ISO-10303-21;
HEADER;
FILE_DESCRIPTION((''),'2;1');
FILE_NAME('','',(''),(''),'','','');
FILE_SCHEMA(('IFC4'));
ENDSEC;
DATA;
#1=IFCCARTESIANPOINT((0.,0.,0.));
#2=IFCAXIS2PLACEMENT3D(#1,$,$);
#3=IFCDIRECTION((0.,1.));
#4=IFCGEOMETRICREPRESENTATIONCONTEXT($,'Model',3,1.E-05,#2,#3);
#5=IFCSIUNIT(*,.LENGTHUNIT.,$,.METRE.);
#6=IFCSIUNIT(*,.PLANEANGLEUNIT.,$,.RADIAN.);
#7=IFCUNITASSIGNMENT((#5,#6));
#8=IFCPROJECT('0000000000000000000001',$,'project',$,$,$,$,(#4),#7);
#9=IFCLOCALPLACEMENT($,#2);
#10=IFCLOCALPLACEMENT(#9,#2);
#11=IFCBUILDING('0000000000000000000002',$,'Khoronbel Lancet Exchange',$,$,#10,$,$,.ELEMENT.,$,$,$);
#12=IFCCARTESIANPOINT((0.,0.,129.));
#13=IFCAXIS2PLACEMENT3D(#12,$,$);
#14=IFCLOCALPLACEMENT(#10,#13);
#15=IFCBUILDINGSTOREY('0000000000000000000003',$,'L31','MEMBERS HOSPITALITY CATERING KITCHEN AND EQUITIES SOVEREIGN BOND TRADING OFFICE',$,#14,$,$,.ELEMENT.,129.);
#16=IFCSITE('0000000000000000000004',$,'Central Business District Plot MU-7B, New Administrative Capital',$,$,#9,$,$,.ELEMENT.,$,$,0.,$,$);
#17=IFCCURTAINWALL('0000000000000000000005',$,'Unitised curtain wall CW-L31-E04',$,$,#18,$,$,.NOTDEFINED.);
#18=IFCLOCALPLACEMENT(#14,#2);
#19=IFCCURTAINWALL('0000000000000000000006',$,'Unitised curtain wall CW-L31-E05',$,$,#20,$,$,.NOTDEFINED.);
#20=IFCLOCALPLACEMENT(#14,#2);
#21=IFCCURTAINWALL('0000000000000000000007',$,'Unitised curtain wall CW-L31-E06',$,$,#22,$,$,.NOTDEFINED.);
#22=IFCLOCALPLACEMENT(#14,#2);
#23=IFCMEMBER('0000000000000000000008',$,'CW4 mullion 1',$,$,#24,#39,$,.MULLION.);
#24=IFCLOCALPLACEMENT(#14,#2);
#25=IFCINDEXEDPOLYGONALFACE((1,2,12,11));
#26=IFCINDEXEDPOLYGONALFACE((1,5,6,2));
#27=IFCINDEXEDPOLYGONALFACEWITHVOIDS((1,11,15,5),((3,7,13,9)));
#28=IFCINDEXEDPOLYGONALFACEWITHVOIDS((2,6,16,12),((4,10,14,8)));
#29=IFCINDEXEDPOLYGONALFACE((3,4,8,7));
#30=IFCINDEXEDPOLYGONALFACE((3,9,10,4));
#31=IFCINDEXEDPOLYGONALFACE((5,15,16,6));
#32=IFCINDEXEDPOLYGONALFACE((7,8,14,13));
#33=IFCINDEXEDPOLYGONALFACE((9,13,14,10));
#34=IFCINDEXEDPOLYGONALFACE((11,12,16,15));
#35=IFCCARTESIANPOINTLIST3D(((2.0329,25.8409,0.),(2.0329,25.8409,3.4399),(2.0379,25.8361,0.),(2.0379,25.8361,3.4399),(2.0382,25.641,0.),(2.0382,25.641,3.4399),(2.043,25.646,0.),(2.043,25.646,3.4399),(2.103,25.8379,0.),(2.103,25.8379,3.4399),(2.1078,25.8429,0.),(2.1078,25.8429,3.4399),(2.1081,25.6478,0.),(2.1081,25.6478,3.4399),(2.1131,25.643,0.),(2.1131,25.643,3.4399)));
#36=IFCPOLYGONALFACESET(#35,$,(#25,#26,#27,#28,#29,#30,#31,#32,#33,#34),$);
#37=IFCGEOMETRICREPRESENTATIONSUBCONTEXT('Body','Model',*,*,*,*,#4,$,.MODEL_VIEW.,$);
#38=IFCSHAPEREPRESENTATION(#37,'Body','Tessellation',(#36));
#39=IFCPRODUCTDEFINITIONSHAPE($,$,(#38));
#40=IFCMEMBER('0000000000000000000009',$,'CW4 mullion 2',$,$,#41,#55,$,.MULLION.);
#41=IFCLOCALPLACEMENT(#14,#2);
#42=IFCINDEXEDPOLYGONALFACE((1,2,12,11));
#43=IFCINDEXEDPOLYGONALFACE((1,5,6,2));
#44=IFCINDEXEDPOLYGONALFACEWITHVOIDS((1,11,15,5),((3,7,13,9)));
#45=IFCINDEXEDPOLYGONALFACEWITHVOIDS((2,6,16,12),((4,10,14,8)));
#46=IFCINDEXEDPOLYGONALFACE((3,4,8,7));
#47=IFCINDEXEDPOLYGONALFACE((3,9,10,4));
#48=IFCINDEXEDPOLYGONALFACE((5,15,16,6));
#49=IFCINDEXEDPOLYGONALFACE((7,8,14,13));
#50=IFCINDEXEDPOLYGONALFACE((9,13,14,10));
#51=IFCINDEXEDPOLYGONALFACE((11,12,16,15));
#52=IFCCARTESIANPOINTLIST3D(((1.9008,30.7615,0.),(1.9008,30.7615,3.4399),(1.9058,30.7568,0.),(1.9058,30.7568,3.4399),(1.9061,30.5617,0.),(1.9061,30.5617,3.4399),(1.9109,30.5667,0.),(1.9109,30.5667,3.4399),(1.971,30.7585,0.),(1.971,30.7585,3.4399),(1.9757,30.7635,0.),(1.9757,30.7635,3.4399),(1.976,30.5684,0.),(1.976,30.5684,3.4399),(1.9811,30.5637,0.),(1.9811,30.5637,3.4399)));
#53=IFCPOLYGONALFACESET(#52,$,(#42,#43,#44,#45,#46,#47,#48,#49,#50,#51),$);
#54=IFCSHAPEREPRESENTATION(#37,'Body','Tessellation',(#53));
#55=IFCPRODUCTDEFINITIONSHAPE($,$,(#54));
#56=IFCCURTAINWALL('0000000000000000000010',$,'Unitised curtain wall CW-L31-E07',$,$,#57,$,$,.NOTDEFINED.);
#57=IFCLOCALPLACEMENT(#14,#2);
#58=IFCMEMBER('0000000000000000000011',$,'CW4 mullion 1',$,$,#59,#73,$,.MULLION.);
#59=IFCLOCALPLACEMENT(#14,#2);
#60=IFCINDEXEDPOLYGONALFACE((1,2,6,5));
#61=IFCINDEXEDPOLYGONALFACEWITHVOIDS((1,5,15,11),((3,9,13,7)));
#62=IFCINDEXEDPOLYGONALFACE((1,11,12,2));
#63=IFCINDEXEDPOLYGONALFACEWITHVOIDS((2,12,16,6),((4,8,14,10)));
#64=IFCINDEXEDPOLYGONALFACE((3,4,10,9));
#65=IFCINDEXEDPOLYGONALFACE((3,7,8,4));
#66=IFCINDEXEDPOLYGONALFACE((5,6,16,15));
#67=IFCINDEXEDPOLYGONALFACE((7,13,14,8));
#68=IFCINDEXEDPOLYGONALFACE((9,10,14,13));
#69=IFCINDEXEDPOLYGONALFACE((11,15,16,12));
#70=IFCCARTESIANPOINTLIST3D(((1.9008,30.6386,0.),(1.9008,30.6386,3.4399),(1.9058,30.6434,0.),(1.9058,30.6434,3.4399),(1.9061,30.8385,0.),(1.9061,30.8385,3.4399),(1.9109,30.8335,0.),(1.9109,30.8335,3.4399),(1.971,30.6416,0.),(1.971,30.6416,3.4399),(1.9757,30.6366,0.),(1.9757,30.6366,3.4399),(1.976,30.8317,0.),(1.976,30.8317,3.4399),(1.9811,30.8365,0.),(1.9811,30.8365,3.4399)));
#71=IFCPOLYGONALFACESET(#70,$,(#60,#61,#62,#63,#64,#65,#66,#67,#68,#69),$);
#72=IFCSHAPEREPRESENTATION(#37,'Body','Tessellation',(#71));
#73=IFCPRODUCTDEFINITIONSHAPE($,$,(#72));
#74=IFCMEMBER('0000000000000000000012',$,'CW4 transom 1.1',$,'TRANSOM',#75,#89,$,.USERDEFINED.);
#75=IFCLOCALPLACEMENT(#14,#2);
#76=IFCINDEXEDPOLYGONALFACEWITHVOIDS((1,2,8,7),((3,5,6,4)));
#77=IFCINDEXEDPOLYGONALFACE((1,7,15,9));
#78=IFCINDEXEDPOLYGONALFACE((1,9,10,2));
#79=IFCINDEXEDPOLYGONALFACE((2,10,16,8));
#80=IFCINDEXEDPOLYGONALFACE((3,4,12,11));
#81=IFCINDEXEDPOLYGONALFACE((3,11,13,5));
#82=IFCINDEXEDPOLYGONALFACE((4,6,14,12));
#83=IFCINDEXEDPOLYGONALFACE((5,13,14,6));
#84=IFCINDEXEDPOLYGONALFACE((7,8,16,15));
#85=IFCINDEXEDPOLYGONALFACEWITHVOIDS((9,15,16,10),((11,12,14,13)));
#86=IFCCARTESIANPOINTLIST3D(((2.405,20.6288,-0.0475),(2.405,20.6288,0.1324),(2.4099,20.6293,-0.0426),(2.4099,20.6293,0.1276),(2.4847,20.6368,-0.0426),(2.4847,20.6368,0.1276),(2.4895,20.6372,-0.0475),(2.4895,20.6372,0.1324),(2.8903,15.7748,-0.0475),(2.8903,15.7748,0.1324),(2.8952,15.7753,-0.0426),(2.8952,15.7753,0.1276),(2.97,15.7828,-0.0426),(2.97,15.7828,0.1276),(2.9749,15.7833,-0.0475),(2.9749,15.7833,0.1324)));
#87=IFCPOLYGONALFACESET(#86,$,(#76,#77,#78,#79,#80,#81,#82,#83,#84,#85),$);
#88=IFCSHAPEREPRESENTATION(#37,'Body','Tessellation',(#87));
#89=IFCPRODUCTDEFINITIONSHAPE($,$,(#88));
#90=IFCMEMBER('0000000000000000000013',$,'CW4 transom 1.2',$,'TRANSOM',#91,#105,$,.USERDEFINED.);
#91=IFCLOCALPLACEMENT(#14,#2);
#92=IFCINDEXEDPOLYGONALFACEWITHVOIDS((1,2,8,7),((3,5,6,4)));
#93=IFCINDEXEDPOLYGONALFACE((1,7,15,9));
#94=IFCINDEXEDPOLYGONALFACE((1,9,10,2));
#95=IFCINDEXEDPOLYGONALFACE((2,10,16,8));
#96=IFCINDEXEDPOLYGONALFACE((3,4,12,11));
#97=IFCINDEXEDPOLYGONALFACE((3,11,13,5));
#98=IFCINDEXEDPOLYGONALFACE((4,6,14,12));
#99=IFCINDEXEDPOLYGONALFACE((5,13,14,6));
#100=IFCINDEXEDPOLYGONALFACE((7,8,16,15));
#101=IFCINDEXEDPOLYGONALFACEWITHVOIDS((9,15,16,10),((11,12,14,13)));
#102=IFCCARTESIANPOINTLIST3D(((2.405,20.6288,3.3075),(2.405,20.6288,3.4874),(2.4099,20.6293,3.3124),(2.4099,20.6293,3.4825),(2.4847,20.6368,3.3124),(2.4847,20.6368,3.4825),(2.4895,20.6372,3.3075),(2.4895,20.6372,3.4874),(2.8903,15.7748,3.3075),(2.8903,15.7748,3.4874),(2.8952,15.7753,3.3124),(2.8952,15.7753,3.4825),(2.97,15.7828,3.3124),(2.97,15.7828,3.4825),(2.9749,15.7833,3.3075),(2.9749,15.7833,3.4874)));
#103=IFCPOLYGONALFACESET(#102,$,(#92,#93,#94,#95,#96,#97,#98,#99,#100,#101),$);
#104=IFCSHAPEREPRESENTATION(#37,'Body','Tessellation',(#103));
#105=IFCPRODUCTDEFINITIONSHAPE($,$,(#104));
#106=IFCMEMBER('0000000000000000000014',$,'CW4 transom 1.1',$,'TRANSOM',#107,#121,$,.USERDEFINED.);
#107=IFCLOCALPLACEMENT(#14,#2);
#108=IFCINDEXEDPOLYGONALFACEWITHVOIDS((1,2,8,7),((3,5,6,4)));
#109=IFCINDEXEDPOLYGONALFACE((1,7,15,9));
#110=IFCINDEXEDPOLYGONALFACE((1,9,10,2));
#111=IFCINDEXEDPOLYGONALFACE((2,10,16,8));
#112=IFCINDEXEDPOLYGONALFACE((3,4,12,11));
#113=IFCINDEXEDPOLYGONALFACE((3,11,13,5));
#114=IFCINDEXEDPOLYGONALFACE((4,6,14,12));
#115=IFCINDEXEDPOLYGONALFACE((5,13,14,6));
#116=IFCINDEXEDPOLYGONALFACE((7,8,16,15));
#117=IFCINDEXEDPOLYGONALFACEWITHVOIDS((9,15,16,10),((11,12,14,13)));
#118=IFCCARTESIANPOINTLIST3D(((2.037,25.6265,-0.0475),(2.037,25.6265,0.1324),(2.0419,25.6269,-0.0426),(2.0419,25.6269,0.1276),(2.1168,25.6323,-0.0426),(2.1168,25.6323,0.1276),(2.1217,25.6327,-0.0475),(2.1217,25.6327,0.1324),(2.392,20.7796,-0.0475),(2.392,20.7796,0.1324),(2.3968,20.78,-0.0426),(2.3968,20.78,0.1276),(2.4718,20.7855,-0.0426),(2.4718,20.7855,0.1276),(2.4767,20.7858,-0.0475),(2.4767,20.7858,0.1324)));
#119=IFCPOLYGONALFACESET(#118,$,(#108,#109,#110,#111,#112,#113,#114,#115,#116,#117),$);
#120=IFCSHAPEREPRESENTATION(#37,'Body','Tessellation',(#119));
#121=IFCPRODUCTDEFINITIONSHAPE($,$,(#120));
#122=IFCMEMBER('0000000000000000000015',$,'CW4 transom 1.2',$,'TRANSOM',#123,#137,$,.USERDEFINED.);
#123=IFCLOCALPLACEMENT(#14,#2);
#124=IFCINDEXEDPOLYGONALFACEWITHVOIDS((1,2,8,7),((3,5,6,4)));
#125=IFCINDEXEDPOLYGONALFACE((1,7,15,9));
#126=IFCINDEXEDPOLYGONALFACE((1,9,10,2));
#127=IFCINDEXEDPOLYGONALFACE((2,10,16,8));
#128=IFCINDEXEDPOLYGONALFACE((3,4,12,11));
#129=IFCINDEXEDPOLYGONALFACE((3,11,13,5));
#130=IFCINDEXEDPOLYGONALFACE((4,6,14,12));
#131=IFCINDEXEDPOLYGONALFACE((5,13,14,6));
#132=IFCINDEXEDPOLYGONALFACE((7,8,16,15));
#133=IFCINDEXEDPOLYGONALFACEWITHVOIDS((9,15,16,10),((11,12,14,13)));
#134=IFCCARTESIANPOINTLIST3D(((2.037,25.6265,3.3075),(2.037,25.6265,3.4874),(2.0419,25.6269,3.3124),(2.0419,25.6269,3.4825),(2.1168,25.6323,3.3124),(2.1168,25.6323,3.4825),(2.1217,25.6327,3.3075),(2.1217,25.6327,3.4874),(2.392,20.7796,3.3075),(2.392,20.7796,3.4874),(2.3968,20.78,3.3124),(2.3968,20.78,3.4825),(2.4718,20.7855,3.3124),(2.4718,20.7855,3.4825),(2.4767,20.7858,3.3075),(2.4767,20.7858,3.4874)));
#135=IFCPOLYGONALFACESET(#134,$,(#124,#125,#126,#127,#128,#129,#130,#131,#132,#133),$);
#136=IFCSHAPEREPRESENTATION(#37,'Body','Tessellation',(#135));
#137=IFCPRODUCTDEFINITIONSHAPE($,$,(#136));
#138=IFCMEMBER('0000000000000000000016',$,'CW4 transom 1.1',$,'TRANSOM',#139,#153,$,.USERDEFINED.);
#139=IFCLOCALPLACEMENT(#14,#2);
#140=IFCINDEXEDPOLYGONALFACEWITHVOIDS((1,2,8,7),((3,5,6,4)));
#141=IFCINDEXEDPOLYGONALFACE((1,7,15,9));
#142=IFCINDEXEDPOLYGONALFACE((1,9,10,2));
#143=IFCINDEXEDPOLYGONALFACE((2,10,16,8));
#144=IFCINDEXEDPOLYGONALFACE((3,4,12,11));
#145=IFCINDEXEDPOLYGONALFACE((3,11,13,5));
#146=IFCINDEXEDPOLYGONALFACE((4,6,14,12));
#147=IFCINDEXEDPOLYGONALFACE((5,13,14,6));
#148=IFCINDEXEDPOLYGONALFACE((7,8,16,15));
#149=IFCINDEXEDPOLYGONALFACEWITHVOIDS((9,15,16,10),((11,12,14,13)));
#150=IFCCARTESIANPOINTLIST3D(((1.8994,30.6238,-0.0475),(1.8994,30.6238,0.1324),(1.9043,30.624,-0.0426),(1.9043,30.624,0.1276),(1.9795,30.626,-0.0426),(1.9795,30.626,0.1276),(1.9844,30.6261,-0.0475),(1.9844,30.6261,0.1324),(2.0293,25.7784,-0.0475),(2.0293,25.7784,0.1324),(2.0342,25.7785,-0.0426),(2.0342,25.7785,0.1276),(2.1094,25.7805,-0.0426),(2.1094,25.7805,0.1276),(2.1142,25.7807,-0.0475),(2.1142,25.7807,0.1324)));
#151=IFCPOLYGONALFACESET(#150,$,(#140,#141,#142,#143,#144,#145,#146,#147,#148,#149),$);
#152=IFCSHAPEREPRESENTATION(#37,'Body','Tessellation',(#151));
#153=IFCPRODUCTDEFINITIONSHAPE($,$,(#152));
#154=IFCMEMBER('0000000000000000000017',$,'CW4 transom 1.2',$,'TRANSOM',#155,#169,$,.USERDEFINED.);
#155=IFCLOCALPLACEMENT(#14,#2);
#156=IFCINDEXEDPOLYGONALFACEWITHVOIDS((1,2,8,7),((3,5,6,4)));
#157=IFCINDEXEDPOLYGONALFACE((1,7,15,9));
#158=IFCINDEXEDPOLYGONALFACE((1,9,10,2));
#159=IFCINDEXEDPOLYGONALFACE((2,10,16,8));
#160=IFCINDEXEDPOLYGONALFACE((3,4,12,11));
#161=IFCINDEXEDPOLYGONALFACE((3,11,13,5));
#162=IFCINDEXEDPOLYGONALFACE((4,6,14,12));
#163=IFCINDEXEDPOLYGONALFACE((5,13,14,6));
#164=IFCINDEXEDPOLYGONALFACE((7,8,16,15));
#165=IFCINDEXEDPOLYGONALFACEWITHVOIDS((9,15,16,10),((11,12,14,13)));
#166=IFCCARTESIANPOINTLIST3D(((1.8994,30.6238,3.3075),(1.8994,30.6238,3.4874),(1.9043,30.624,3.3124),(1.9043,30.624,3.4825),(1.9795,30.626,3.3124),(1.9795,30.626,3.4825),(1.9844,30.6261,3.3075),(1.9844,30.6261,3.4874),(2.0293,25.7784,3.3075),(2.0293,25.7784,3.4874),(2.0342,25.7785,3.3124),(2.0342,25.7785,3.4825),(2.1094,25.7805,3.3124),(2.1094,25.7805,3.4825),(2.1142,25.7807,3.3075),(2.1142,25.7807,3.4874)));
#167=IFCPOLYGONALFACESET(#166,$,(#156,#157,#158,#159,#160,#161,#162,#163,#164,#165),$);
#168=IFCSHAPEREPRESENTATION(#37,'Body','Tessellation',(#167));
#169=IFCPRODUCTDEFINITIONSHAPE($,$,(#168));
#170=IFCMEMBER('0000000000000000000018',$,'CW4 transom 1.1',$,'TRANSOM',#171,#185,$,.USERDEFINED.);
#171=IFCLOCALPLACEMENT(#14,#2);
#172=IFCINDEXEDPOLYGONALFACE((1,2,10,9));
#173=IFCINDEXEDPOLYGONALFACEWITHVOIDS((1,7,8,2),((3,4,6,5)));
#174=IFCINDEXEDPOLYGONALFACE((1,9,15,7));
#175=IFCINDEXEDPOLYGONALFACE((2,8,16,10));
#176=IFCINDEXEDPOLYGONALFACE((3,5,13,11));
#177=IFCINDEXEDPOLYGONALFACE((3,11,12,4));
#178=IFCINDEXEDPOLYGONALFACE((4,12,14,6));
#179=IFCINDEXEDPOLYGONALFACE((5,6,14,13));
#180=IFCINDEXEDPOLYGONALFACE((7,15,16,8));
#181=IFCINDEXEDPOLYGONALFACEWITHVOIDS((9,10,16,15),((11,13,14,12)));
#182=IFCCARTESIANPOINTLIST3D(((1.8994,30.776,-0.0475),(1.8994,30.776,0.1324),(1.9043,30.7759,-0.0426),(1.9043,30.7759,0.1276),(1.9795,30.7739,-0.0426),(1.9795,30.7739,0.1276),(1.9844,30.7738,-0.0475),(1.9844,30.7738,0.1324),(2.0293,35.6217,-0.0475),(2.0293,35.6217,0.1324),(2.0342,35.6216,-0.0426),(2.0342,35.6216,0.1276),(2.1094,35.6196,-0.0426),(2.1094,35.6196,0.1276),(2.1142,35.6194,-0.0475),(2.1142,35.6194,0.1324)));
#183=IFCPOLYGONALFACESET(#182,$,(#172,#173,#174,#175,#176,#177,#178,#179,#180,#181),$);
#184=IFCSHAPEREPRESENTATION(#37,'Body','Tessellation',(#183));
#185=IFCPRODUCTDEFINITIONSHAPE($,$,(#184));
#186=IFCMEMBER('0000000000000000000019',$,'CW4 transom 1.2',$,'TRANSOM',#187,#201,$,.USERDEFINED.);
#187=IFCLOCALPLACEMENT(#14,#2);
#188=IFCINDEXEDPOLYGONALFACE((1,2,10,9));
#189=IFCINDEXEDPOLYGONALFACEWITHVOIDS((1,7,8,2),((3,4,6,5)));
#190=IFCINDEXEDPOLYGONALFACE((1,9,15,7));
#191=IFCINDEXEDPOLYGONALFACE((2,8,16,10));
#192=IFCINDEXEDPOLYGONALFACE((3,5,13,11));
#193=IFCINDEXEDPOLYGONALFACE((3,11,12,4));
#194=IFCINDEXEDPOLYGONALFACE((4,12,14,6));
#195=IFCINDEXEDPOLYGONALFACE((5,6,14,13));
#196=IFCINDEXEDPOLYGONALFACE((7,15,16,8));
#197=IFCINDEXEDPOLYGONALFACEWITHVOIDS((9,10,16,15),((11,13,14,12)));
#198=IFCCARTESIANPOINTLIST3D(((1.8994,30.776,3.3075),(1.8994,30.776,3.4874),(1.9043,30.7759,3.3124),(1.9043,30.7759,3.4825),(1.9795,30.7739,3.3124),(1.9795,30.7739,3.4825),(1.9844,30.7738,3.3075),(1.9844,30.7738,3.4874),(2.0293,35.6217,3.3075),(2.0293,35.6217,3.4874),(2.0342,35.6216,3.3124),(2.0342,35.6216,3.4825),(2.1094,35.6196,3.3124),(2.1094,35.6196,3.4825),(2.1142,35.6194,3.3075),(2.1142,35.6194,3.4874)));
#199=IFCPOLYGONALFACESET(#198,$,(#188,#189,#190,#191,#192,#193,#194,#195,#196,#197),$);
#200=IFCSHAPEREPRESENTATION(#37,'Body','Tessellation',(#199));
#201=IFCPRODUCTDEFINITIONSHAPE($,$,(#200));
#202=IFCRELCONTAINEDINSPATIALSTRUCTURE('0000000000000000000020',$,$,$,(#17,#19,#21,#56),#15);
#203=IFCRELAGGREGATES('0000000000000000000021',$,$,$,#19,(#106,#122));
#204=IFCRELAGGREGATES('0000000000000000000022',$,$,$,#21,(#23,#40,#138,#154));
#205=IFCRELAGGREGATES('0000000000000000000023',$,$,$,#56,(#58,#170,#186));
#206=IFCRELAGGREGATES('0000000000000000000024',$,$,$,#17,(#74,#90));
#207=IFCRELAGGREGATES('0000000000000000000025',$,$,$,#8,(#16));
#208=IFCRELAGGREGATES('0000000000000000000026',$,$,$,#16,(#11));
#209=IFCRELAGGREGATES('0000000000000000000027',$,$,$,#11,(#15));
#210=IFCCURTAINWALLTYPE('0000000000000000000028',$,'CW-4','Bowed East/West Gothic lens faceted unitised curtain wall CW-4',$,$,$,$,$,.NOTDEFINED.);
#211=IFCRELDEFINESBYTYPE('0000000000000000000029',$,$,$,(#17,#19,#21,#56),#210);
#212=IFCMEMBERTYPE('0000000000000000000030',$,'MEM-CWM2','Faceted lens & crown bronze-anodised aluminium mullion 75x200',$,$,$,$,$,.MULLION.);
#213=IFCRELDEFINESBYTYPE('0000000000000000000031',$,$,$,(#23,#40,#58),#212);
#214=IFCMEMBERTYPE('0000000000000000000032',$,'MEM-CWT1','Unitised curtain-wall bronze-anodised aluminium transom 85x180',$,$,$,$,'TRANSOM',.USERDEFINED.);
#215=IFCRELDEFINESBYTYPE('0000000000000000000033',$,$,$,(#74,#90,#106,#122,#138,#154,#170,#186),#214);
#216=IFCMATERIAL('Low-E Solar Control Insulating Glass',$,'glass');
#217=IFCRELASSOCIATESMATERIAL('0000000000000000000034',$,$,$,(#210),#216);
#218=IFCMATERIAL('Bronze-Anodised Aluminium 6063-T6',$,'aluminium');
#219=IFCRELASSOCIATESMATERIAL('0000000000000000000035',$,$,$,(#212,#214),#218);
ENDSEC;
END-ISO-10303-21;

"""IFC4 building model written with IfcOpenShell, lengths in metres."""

from ifc_helpers import new_model, si_unit, direction, frame, origin, origin_2d, place, context, subcontext, project, spatial, hollow_rectangle, extrude, material, material_profile, profile_set, type_object, element, aggregate, save


model = new_model("IFC4")

# Units and contexts
model_context = context("Model", 3, precision=1e-05, world=origin(), true_north=direction((0.0, 1.0)))
body_context = subcontext(model_context, "Body", "Model", "MODEL_VIEW")
ifc_project = project(units=[si_unit("LENGTHUNIT", "METRE"), si_unit("PLANEANGLEUNIT", "RADIAN")], contexts=[model_context])

# Site, building, storey
site_placement = place(None, origin())
site = spatial("IfcSite", under=ifc_project, at=site_placement, Name="Central Business District Plot MU-7B, New Administrative Capital", CompositionType="ELEMENT", RefElevation=0.0)
building_placement = place(site_placement, origin())
building = spatial("IfcBuilding", under=site, at=building_placement, Name="Khoronbel Lancet Exchange", CompositionType="ELEMENT")
storey_placement = place(building_placement, frame((0.0, 0.0, 129.0)))
storey = spatial("IfcBuildingStorey", under=building, at=storey_placement, Name="L31", Description="MEMBERS HOSPITALITY CATERING KITCHEN AND EQUITIES SOVEREIGN BOND TRADING OFFICE", CompositionType="ELEMENT", Elevation=129.0)

# Curtain walls, members
ifc_material_1 = material(Name="Low-E Solar Control Insulating Glass", Category="glass")
curtain_wall_type = type_object("IfcCurtainWallType", Name="CW-4", Description="Bowed East/West Gothic lens faceted unitised curtain wall CW-4", PredefinedType="NOTDEFINED", material=ifc_material_1)
curtain_wall_1_placement = place(storey_placement, origin())
curtain_wall_1 = element("IfcCurtainWall", 1, at=curtain_wall_1_placement, inside=storey, type_object=curtain_wall_type, Name="Unitised curtain wall CW-L31-E04", PredefinedType="NOTDEFINED")
ifc_material_2 = material(Name="Bronze-Anodised Aluminium 6063-T6", Category="aluminium")
ifc_material_profile_1 = material_profile(ifc_material_2, hollow_rectangle(XDim=0.075, YDim=0.2, WallThickness=0.0049, at=origin_2d()), Name="ALU MULLION 75x200")
ifc_profile_set_1 = profile_set([ifc_material_profile_1], Name="Bronze-Anodised Aluminium 6063-T6")
member_type_1 = type_object("IfcMemberType", Name="MEM-CWM2", Description="Faceted lens & crown bronze-anodised aluminium mullion 75x200", PredefinedType="MULLION", material=ifc_profile_set_1)
curtain_wall_2_placement = place(storey_placement, origin())
curtain_wall_2 = element("IfcCurtainWall", 2, at=curtain_wall_2_placement, inside=storey, type_object=curtain_wall_type, Name="Unitised curtain wall CW-L31-E05", PredefinedType="NOTDEFINED")
curtain_wall_3_placement = place(storey_placement, origin())
curtain_wall_3 = element("IfcCurtainWall", 3, at=curtain_wall_3_placement, inside=storey, type_object=curtain_wall_type, Name="Unitised curtain wall CW-L31-E06", PredefinedType="NOTDEFINED")
member_1_placement = place(storey_placement, frame((2.073, 25.7419, 0.0), z_axis=(0.0, 0.0, 1.0), x_axis=(-0.999641, -0.026795, 0.0)))
member_1 = element("IfcMember", 4, at=member_1_placement, type_object=member_type_1, Name="CW4 mullion 1", PredefinedType="MULLION", context=body_context, shape_type="SweptSolid", body=[
    extrude(hollow_rectangle(XDim=0.075, YDim=0.2, WallThickness=0.0049, at=origin_2d()), origin(), (0.0, 0.0, 1.0), 3.4399),
])
member_2_placement = place(storey_placement, frame((1.9409, 30.6626, 0.0), z_axis=(0.0, 0.0, 1.0), x_axis=(-0.999641, -0.026795, 0.0)))
member_2 = element("IfcMember", 5, at=member_2_placement, type_object=member_type_1, Name="CW4 mullion 2", PredefinedType="MULLION", context=body_context, shape_type="SweptSolid", body=[
    extrude(hollow_rectangle(XDim=0.075, YDim=0.2, WallThickness=0.0049, at=origin_2d()), origin(), (0.0, 0.0, 1.0), 3.4399),
])

# Curtain wall, member
curtain_wall_4_placement = place(storey_placement, origin())
curtain_wall_4 = element("IfcCurtainWall", 6, at=curtain_wall_4_placement, inside=storey, type_object=curtain_wall_type, Name="Unitised curtain wall CW-L31-E07", PredefinedType="NOTDEFINED")
member_3_placement = place(storey_placement, frame((1.9409, 30.7375, 0.0), z_axis=(0.0, 0.0, 1.0), x_axis=(-0.999641, 0.026795, 0.0)))
member_3 = element("IfcMember", 7, at=member_3_placement, type_object=member_type_1, Name="CW4 mullion 1", PredefinedType="MULLION", context=body_context, shape_type="SweptSolid", body=[
    extrude(hollow_rectangle(XDim=0.075, YDim=0.2, WallThickness=0.0049, at=origin_2d()), origin(), (0.0, 0.0, 1.0), 3.4399),
])

# Members
ifc_material_profile_2 = material_profile(ifc_material_2, hollow_rectangle(XDim=0.085, YDim=0.1799, WallThickness=0.0049, at=origin_2d()), Name="ALU TRANSOM 85x180")
ifc_profile_set_2 = profile_set([ifc_material_profile_2], Name="Bronze-Anodised Aluminium 6063-T6")
member_type_2 = type_object("IfcMemberType", Name="MEM-CWT1", Description="Unitised curtain-wall bronze-anodised aluminium transom 85x180", ElementType="TRANSOM", PredefinedType="USERDEFINED", material=ifc_profile_set_2)
member_4_placement = place(storey_placement, frame((2.9326, 15.7791, 0.0425), z_axis=(-0.099494, 0.995038, 0.0), x_axis=(-0.995038, -0.099494, 0.0)))
member_4 = element("IfcMember", 8, at=member_4_placement, type_object=member_type_2, Name="CW4 transom 1.1", ObjectType="TRANSOM", PredefinedType="USERDEFINED", context=body_context, shape_type="SweptSolid", body=[
    extrude(hollow_rectangle(XDim=0.085, YDim=0.1799, WallThickness=0.0049, at=origin_2d()), origin(), (0.0, 0.0, 1.0), 4.8782),
])
member_5_placement = place(storey_placement, frame((2.9326, 15.7791, 3.3975), z_axis=(-0.099494, 0.995038, 0.0), x_axis=(-0.995038, -0.099494, 0.0)))
member_5 = element("IfcMember", 9, at=member_5_placement, type_object=member_type_2, Name="CW4 transom 1.2", ObjectType="TRANSOM", PredefinedType="USERDEFINED", context=body_context, shape_type="SweptSolid", body=[
    extrude(hollow_rectangle(XDim=0.085, YDim=0.1799, WallThickness=0.0049, at=origin_2d()), origin(), (0.0, 0.0, 1.0), 4.8782),
])
member_6_placement = place(storey_placement, frame((2.4343, 20.7827, 0.0425), z_axis=(-0.073043, 0.997329, 0.0), x_axis=(-0.997329, -0.073043, 0.0)))
member_6 = element("IfcMember", 10, at=member_6_placement, type_object=member_type_2, Name="CW4 transom 1.1", ObjectType="TRANSOM", PredefinedType="USERDEFINED", context=body_context, shape_type="SweptSolid", body=[
    extrude(hollow_rectangle(XDim=0.085, YDim=0.1799, WallThickness=0.0049, at=origin_2d()), origin(), (0.0, 0.0, 1.0), 4.8599),
])
member_7_placement = place(storey_placement, frame((2.4343, 20.7827, 3.3975), z_axis=(-0.073043, 0.997329, 0.0), x_axis=(-0.997329, -0.073043, 0.0)))
member_7 = element("IfcMember", 11, at=member_7_placement, type_object=member_type_2, Name="CW4 transom 1.2", ObjectType="TRANSOM", PredefinedType="USERDEFINED", context=body_context, shape_type="SweptSolid", body=[
    extrude(hollow_rectangle(XDim=0.085, YDim=0.1799, WallThickness=0.0049, at=origin_2d()), origin(), (0.0, 0.0, 1.0), 4.8599),
])
member_8_placement = place(storey_placement, frame((2.0718, 25.7795, 0.0425), z_axis=(-0.026795, 0.999641, 0.0), x_axis=(-0.999641, -0.026795, 0.0)))
member_8 = element("IfcMember", 12, at=member_8_placement, type_object=member_type_2, Name="CW4 transom 1.1", ObjectType="TRANSOM", PredefinedType="USERDEFINED", context=body_context, shape_type="SweptSolid", body=[
    extrude(hollow_rectangle(XDim=0.085, YDim=0.1799, WallThickness=0.0049, at=origin_2d()), origin(), (0.0, 0.0, 1.0), 4.8472),
])
member_9_placement = place(storey_placement, frame((2.0718, 25.7795, 3.3975), z_axis=(-0.026795, 0.999641, 0.0), x_axis=(-0.999641, -0.026795, 0.0)))
member_9 = element("IfcMember", 13, at=member_9_placement, type_object=member_type_2, Name="CW4 transom 1.2", ObjectType="TRANSOM", PredefinedType="USERDEFINED", context=body_context, shape_type="SweptSolid", body=[
    extrude(hollow_rectangle(XDim=0.085, YDim=0.1799, WallThickness=0.0049, at=origin_2d()), origin(), (0.0, 0.0, 1.0), 4.8472),
])
member_10_placement = place(storey_placement, frame((1.9419, 30.7749, 0.0425), z_axis=(0.026794, 0.999641, 0.0), x_axis=(-0.999641, 0.026794, 0.0)))
member_10 = element("IfcMember", 14, at=member_10_placement, type_object=member_type_2, Name="CW4 transom 1.1", ObjectType="TRANSOM", PredefinedType="USERDEFINED", context=body_context, shape_type="SweptSolid", body=[
    extrude(hollow_rectangle(XDim=0.085, YDim=0.1799, WallThickness=0.0049, at=origin_2d()), origin(), (0.0, 0.0, 1.0), 4.8474),
])
member_11_placement = place(storey_placement, frame((1.9419, 30.7749, 3.3975), z_axis=(0.026794, 0.999641, 0.0), x_axis=(-0.999641, 0.026794, 0.0)))
member_11 = element("IfcMember", 15, at=member_11_placement, type_object=member_type_2, Name="CW4 transom 1.2", ObjectType="TRANSOM", PredefinedType="USERDEFINED", context=body_context, shape_type="SweptSolid", body=[
    extrude(hollow_rectangle(XDim=0.085, YDim=0.1799, WallThickness=0.0049, at=origin_2d()), origin(), (0.0, 0.0, 1.0), 4.8474),
])

aggregate(curtain_wall_2, [member_6, member_7])
aggregate(curtain_wall_3, [member_1, member_2, member_8, member_9])
aggregate(curtain_wall_4, [member_3, member_10, member_11])
aggregate(curtain_wall_1, [member_4, member_5])

save(model, "model.ifc")
